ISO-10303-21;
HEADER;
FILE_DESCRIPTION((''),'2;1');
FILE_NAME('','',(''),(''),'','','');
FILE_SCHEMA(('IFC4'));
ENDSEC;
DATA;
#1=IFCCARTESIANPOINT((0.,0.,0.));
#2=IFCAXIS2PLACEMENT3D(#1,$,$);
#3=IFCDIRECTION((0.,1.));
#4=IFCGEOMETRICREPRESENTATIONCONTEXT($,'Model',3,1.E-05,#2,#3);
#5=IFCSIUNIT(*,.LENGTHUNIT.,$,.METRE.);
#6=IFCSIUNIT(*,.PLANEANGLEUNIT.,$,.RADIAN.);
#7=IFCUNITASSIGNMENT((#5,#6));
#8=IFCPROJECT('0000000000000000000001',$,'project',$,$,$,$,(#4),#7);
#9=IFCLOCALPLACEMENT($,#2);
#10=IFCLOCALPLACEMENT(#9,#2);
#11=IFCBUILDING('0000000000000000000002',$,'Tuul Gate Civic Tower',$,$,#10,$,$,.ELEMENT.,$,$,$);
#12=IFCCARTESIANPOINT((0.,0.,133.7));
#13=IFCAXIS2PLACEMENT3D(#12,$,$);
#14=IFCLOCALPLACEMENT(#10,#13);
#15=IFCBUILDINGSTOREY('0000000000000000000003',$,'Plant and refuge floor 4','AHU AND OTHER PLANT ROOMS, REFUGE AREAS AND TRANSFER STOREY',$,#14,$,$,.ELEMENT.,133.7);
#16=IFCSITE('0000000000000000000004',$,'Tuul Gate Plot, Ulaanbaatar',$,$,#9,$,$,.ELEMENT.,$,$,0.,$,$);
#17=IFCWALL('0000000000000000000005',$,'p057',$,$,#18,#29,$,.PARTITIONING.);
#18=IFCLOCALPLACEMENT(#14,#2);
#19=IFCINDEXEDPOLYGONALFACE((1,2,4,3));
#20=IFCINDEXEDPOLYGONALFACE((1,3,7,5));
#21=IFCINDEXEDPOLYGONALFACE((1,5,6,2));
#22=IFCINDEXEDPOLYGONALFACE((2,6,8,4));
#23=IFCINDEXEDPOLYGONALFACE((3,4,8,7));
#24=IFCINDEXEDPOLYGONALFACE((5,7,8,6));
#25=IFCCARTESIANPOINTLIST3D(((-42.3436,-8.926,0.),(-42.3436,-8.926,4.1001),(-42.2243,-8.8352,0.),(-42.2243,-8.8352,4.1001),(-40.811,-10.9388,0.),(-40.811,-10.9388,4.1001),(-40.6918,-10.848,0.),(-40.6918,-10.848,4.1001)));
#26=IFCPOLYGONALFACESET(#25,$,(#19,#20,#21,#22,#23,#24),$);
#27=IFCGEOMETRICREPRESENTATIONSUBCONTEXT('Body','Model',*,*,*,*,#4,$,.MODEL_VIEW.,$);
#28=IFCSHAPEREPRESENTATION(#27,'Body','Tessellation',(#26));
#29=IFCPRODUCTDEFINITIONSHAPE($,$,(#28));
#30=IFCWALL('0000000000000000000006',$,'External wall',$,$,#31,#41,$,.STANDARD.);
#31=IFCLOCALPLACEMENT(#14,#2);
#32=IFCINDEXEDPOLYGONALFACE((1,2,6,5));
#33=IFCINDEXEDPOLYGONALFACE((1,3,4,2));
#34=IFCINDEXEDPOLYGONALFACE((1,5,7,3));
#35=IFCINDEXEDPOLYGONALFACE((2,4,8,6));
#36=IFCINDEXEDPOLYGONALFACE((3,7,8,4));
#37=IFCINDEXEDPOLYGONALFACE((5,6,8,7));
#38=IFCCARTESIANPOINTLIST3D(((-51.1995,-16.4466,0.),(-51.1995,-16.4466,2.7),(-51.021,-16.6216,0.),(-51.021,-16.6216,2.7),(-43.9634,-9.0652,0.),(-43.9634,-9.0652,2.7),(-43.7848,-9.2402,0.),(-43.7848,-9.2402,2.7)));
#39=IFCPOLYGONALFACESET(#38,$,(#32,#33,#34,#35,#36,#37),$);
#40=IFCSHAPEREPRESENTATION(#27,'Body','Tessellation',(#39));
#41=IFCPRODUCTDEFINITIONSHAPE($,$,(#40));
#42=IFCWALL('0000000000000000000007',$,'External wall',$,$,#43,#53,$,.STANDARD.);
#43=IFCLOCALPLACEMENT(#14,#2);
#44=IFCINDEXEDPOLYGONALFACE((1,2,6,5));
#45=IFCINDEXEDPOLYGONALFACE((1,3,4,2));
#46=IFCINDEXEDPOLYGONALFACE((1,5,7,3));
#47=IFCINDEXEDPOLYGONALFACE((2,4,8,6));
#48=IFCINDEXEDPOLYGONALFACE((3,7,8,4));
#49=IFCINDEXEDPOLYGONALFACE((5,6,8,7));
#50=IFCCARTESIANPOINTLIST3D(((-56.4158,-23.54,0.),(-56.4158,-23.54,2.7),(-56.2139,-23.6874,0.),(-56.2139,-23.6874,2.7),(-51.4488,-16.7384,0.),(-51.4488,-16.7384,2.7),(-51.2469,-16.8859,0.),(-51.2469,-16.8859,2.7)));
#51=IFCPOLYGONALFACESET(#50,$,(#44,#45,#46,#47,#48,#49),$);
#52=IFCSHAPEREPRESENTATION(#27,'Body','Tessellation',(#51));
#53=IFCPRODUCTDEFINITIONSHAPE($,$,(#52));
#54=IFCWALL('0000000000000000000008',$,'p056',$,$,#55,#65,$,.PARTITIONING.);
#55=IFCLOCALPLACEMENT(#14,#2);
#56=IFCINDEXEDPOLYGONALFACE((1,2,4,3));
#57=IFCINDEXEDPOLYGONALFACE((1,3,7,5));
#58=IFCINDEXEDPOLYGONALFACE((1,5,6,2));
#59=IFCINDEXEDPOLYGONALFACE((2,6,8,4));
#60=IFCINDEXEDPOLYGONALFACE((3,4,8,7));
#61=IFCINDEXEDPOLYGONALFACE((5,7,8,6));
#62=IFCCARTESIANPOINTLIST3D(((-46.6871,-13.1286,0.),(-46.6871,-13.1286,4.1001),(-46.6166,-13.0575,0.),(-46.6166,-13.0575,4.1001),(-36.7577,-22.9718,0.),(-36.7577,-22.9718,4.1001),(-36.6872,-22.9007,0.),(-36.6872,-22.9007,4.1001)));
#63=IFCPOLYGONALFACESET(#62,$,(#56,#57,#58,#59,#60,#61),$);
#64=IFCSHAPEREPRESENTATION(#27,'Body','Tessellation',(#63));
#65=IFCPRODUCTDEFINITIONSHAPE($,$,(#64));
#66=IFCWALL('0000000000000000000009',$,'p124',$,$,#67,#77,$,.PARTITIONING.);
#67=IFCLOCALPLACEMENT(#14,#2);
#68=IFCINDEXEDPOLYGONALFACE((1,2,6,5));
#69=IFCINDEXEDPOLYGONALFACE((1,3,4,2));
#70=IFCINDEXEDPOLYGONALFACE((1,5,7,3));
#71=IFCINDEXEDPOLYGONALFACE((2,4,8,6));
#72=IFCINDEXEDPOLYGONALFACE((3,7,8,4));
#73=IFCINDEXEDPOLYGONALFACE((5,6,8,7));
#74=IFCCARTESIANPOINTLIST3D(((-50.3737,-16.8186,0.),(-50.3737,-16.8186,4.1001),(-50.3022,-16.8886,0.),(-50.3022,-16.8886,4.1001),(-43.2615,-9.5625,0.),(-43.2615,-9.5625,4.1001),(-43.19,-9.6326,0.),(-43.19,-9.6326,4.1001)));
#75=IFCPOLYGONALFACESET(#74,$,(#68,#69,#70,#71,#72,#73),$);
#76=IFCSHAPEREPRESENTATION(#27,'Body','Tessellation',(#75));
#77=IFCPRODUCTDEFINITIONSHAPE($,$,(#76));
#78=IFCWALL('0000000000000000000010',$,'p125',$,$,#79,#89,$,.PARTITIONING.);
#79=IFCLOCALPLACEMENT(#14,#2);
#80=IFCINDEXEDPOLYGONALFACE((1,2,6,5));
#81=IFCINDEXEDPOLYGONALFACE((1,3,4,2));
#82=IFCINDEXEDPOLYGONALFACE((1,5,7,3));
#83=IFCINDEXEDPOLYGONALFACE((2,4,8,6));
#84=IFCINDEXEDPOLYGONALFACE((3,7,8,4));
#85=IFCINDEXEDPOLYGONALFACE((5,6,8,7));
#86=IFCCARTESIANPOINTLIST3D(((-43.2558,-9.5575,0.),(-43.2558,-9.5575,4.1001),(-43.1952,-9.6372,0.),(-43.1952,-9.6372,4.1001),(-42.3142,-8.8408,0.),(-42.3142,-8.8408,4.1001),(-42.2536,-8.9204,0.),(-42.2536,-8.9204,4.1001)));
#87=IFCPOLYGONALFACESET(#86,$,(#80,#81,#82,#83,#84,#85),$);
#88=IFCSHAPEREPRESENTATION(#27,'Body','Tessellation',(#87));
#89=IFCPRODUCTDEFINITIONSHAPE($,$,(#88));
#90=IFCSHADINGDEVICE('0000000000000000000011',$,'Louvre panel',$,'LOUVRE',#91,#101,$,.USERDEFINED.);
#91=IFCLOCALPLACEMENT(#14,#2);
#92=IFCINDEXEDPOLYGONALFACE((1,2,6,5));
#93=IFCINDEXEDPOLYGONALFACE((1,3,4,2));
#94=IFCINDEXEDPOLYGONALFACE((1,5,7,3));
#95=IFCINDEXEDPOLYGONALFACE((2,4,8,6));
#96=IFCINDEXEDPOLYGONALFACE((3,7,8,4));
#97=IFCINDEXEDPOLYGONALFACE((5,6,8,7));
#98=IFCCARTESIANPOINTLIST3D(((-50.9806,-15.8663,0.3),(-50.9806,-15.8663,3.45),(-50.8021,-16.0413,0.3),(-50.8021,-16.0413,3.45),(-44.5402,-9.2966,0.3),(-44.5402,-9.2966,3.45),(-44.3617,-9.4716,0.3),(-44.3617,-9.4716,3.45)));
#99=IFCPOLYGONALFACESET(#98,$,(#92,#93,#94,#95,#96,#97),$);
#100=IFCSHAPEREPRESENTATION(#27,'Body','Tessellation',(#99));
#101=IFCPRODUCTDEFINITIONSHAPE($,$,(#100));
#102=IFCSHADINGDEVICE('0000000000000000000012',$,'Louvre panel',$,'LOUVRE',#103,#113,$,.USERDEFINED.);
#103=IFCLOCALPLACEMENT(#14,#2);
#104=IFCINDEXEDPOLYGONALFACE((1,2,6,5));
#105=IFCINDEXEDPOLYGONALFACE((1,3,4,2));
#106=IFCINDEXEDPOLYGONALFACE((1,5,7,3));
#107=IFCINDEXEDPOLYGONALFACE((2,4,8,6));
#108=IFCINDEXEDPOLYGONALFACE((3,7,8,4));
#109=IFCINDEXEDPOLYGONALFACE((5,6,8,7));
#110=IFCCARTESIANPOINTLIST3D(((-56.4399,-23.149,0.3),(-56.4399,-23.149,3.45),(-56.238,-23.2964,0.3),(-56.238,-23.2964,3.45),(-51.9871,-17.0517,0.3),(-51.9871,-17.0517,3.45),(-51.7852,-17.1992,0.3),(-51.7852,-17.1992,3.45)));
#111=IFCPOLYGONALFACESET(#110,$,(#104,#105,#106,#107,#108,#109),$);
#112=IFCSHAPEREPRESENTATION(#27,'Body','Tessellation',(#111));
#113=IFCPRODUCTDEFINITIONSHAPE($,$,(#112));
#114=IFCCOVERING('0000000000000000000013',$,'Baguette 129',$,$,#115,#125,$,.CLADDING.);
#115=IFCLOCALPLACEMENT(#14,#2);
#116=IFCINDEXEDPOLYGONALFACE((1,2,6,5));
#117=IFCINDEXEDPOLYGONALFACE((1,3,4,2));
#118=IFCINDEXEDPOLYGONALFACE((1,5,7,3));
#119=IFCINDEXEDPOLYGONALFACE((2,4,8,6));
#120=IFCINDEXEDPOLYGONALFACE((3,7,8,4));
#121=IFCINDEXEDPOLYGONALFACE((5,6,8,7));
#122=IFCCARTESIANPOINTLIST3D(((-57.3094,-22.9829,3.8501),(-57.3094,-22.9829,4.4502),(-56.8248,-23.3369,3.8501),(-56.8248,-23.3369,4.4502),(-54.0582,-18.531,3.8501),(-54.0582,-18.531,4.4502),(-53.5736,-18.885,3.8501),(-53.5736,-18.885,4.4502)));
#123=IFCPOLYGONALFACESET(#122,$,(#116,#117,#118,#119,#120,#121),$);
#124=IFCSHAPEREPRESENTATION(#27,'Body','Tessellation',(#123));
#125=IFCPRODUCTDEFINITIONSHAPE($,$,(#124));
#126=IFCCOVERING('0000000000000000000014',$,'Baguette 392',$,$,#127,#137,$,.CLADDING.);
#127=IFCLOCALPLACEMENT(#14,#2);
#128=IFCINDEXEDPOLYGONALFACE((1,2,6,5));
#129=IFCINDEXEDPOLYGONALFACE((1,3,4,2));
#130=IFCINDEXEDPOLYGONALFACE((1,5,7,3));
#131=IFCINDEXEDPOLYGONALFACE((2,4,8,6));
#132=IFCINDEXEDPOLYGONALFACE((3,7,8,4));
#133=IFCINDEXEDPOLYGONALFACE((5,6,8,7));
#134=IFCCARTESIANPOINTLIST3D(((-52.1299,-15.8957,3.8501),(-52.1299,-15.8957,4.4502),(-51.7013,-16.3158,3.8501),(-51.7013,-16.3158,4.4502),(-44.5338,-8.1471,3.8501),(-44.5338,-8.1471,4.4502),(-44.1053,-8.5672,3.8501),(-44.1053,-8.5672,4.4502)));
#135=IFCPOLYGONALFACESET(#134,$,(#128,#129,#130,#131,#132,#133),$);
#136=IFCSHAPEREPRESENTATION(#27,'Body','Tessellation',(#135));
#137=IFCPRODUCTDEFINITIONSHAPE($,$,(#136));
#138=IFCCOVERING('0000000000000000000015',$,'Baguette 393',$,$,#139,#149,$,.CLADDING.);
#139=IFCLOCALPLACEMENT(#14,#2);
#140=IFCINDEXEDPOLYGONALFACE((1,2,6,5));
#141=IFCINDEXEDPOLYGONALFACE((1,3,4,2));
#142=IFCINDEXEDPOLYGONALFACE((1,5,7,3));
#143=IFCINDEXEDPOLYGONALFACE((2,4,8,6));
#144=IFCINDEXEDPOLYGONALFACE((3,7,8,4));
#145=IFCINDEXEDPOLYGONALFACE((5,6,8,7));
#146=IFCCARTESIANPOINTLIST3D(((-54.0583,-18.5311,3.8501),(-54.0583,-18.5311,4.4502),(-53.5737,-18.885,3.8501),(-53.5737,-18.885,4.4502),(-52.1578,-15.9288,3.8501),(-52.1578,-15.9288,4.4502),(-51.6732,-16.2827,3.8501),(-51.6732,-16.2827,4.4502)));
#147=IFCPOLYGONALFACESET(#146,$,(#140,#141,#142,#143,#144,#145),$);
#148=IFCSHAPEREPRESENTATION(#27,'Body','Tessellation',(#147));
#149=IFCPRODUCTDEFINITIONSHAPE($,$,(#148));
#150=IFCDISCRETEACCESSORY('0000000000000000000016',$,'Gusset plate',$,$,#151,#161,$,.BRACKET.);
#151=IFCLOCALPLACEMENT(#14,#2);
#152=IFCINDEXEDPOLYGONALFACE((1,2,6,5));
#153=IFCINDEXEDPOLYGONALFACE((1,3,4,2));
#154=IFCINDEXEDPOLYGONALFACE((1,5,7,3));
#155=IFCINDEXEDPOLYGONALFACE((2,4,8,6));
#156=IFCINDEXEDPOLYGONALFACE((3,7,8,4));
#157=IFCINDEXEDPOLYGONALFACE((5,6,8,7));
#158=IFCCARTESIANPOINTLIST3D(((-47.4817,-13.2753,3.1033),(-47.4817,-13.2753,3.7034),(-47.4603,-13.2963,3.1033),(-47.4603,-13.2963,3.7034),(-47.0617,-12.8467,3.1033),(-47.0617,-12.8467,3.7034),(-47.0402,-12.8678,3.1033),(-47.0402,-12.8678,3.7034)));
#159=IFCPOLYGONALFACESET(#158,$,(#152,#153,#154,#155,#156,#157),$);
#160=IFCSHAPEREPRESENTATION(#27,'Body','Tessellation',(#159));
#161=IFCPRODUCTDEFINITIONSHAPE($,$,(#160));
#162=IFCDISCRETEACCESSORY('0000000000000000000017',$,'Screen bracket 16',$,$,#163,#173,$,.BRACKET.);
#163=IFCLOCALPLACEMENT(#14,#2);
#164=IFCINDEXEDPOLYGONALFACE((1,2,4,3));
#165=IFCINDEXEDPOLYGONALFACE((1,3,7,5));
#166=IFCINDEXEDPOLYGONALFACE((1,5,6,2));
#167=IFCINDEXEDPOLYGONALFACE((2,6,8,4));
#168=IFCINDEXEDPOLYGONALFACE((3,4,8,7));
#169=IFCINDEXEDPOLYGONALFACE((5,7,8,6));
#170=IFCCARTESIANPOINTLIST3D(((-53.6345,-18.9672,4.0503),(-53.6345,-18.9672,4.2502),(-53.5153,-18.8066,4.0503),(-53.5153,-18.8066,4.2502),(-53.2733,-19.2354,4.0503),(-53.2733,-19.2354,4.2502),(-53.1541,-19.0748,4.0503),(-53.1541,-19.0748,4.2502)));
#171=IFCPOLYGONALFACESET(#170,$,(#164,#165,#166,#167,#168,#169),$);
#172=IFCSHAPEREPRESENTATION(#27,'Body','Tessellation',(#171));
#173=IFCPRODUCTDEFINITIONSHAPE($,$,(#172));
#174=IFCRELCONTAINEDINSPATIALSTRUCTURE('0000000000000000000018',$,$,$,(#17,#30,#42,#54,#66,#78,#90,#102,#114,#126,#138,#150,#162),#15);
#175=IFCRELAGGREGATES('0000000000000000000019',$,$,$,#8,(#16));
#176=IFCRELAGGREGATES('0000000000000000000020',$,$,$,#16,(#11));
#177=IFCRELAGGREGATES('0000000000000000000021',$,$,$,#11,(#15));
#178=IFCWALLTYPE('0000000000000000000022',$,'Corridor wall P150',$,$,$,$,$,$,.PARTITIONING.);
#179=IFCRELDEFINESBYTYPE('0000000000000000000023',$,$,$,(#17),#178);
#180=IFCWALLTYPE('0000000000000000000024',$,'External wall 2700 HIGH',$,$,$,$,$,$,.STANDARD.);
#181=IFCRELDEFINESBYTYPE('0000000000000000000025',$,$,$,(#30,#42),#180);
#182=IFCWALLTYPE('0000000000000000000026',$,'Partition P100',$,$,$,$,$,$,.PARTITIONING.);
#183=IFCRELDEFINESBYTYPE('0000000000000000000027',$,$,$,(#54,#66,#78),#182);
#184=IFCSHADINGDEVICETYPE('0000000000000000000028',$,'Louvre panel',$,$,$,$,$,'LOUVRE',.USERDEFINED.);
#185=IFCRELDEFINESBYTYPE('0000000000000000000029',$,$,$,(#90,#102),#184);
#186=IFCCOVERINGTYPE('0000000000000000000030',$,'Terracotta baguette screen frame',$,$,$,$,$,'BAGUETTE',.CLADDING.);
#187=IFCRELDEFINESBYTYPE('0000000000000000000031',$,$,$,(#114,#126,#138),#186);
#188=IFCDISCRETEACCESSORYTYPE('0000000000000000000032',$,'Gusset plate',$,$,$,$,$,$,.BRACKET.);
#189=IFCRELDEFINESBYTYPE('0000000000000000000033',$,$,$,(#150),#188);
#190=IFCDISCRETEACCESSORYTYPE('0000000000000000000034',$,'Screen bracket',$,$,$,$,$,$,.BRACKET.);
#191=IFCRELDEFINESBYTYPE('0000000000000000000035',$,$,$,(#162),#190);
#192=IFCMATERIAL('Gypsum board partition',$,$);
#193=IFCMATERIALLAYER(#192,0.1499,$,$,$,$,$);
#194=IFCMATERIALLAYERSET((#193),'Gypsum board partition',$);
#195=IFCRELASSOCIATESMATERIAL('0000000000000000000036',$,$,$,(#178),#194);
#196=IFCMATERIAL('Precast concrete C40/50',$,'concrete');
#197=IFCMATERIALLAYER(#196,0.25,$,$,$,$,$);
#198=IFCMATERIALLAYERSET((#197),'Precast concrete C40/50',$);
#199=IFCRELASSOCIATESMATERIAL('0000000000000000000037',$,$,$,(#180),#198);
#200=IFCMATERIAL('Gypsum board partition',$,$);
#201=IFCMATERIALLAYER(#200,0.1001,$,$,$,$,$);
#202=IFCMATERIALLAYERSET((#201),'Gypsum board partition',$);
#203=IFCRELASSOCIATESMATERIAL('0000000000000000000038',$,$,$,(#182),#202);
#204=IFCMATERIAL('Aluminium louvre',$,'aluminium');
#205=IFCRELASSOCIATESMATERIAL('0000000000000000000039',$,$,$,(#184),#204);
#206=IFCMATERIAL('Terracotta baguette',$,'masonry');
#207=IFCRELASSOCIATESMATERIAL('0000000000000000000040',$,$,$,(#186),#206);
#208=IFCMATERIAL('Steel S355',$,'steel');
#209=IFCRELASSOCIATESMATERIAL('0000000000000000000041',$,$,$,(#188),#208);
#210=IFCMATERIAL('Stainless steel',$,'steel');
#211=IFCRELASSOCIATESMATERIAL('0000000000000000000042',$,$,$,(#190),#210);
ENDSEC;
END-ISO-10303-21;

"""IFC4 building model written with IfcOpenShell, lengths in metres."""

from ifc_helpers import new_model, si_unit, direction, frame, frame_2d, origin, origin_2d, place, context, subcontext, project, spatial, rectangle, extrude, material, layer, layer_set, material_profile, profile_set, type_object, element, save


model = new_model("IFC4")

# Units and contexts
model_context = context("Model", 3, precision=1e-05, world=origin(), true_north=direction((0.0, 1.0)))
body_context = subcontext(model_context, "Body", "Model", "MODEL_VIEW")
ifc_project = project(units=[si_unit("LENGTHUNIT", "METRE"), si_unit("PLANEANGLEUNIT", "RADIAN")], contexts=[model_context])

# Site, building, storey
site_placement = place(None, origin())
site = spatial("IfcSite", under=ifc_project, at=site_placement, Name="Tuul Gate Plot, Ulaanbaatar", CompositionType="ELEMENT", RefElevation=0.0)
building_placement = place(site_placement, origin())
building = spatial("IfcBuilding", under=site, at=building_placement, Name="Tuul Gate Civic Tower", CompositionType="ELEMENT")
storey_placement = place(building_placement, frame((0.0, 0.0, 133.7)))
storey = spatial("IfcBuildingStorey", under=building, at=storey_placement, Name="Plant and refuge floor 4", Description="AHU AND OTHER PLANT ROOMS, REFUGE AREAS AND TRANSFER STOREY", CompositionType="ELEMENT", Elevation=133.7)

# Walls
ifc_material_1 = material(Name="Gypsum board partition")
ifc_layer_1 = layer(ifc_material_1, 0.1499)
ifc_layer_set_1 = layer_set([ifc_layer_1], Name="Gypsum board partition")
wall_type_1 = type_object("IfcWallType", Name="Corridor wall P150", PredefinedType="PARTITIONING", material=ifc_layer_set_1)
wall_1_placement = place(storey_placement, frame((-42.2839, -8.8806, 0.0), z_axis=(0.0, 0.0, 1.0), x_axis=(0.60579, -0.795624, 0.0)))
element("IfcWall", 1, at=wall_1_placement, inside=storey, type_object=wall_type_1, Name="p057", PredefinedType="PARTITIONING", context=body_context, shape_type="SweptSolid", body=[
    extrude(rectangle(XDim=2.5298, YDim=0.1499, at=frame_2d((1.2649, 0.0))), origin(), (0.0, 0.0, 1.0), 4.1001),
])
ifc_material_2 = material(Name="Precast concrete C40/50", Category="concrete")
ifc_layer_2 = layer(ifc_material_2, 0.25)
ifc_layer_set_2 = layer_set([ifc_layer_2], Name="Precast concrete C40/50")
wall_type_2 = type_object("IfcWallType", Name="External wall 2700 HIGH", PredefinedType="STANDARD", material=ifc_layer_set_2)
wall_2_placement = place(storey_placement, frame((-43.874, -9.1526, 0.0), z_axis=(0.0, 0.0, 1.0), x_axis=(-0.700045, -0.714099, 0.0)))
element("IfcWall", 2, at=wall_2_placement, inside=storey, type_object=wall_type_2, Name="External wall", PredefinedType="STANDARD", context=body_context, shape_type="SweptSolid", body=[
    extrude(rectangle(XDim=10.3367, YDim=0.25, at=frame_2d((5.1685, 0.0))), origin(), (0.0, 0.0, 1.0), 2.7),
])
wall_3_placement = place(storey_placement, frame((-51.3479, -16.8123, 0.0), z_axis=(0.0, 0.0, 1.0), x_axis=(-0.589761, -0.807578, 0.0)))
element("IfcWall", 3, at=wall_3_placement, inside=storey, type_object=wall_type_2, Name="External wall", PredefinedType="STANDARD", context=body_context, shape_type="SweptSolid", body=[
    extrude(rectangle(XDim=8.4221, YDim=0.25, at=frame_2d((4.2109, 0.0))), origin(), (0.0, 0.0, 1.0), 2.7),
])
ifc_material_3 = material(Name="Gypsum board partition")
ifc_layer_3 = layer(ifc_material_3, 0.1001)
ifc_layer_set_3 = layer_set([ifc_layer_3], Name="Gypsum board partition")
wall_type_3 = type_object("IfcWallType", Name="Partition P100", PredefinedType="PARTITIONING", material=ifc_layer_set_3)
wall_4_placement = place(storey_placement, frame((-46.6519, -13.093, 0.0), z_axis=(0.0, 0.0, 1.0), x_axis=(0.710182, -0.704018, 0.0)))
element("IfcWall", 4, at=wall_4_placement, inside=storey, type_object=wall_type_3, Name="p056", PredefinedType="PARTITIONING", context=body_context, shape_type="SweptSolid", body=[
    extrude(rectangle(XDim=13.9814, YDim=0.1001, at=frame_2d((6.9907, 0.0))), origin(), (0.0, 0.0, 1.0), 4.1001),
])
wall_5_placement = place(storey_placement, frame((-50.3379, -16.8535, 0.0), z_axis=(0.0, 0.0, 1.0), x_axis=(0.699995, 0.714148, 0.0)))
element("IfcWall", 5, at=wall_5_placement, inside=storey, type_object=wall_type_3, Name="p124", PredefinedType="PARTITIONING", context=body_context, shape_type="SweptSolid", body=[
    extrude(rectangle(XDim=10.1604, YDim=0.1001, at=frame_2d((5.0801, 0.0))), origin(), (0.0, 0.0, 1.0), 4.1001),
])
wall_6_placement = place(storey_placement, frame((-43.2256, -9.5974, 0.0), z_axis=(0.0, 0.0, 1.0), x_axis=(0.795697, 0.605695, 0.0)))
element("IfcWall", 6, at=wall_6_placement, inside=storey, type_object=wall_type_3, Name="p125", PredefinedType="PARTITIONING", context=body_context, shape_type="SweptSolid", body=[
    extrude(rectangle(XDim=1.1833, YDim=0.1001, at=frame_2d((0.5918, 0.0))), origin(), (0.0, 0.0, 1.0), 4.1001),
])

# Shading devices
ifc_material_4 = material(Name="Aluminium louvre", Category="aluminium")
shading_device_type = type_object("IfcShadingDeviceType", Name="Louvre panel", ElementType="LOUVRE", PredefinedType="USERDEFINED", material=ifc_material_4)
shading_device_1_placement = place(storey_placement, frame((-47.6711, -12.6689, 0.3), z_axis=(0.0, 0.0, 1.0), x_axis=(-0.7141, 0.700043, 0.0)))
element("IfcShadingDevice", 7, at=shading_device_1_placement, inside=storey, type_object=shading_device_type, Name="Louvre panel", ObjectType="LOUVRE", PredefinedType="USERDEFINED", context=body_context, shape_type="SweptSolid", body=[
    extrude(rectangle(XDim=0.25, YDim=9.2, at=origin_2d()), origin(), (0.0, 0.0, 1.0), 3.1499),
])
shading_device_2_placement = place(storey_placement, frame((-54.1125, -20.1741, 0.3), z_axis=(0.0, 0.0, 1.0), x_axis=(-0.807578, 0.58976, 0.0)))
element("IfcShadingDevice", 8, at=shading_device_2_placement, inside=storey, type_object=shading_device_type, Name="Louvre panel", ObjectType="LOUVRE", PredefinedType="USERDEFINED", context=body_context, shape_type="SweptSolid", body=[
    extrude(rectangle(XDim=0.25, YDim=7.55, at=origin_2d()), origin(), (0.0, 0.0, 1.0), 3.1499),
])

# Coverings
ifc_material_5 = material(Name="Terracotta baguette", Category="masonry")
ifc_material_profile_1 = material_profile(ifc_material_5, rectangle(XDim=0.6001, YDim=0.6001, at=origin_2d()), Name="Terracotta baguette screen frame")
ifc_profile_set_1 = profile_set([ifc_material_profile_1], Name="Terracotta baguette")
covering_type = type_object("IfcCoveringType", Name="Terracotta baguette screen frame", ElementType="BAGUETTE", PredefinedType="CLADDING", material=ifc_profile_set_1)
covering_1_placement = place(storey_placement, frame((-53.8159, -18.708, 4.1501), z_axis=(-0.589769, -0.807572, 0.0), x_axis=(0.807572, -0.589769, 0.0)))
element("IfcCovering", 9, at=covering_1_placement, inside=storey, type_object=covering_type, Name="Baguette 129", PredefinedType="CLADDING", context=body_context, shape_type="SweptSolid", body=[
    extrude(rectangle(XDim=0.6001, YDim=0.6001, at=origin_2d()), origin(), (0.0, 0.0, 1.0), 5.5127),
])
covering_2_placement = place(storey_placement, frame((-44.3196, -8.3572, 4.1501), z_axis=(-0.700041, -0.714103, 0.0), x_axis=(0.714103, -0.700041, 0.0)))
element("IfcCovering", 10, at=covering_2_placement, inside=storey, type_object=covering_type, Name="Baguette 392", PredefinedType="CLADDING", context=body_context, shape_type="SweptSolid", body=[
    extrude(rectangle(XDim=0.6001, YDim=0.6001, at=origin_2d()), origin(), (0.0, 0.0, 1.0), 10.8508),
])
covering_3_placement = place(storey_placement, frame((-51.9155, -16.1057, 4.1501), z_axis=(-0.589756, -0.807581, 0.0), x_axis=(0.807581, -0.589756, 0.0)))
element("IfcCovering", 11, at=covering_3_placement, inside=storey, type_object=covering_type, Name="Baguette 393", PredefinedType="CLADDING", context=body_context, shape_type="SweptSolid", body=[
    extrude(rectangle(XDim=0.6001, YDim=0.6001, at=origin_2d()), origin(), (0.0, 0.0, 1.0), 3.2224),
])

# Discrete accessories
ifc_material_6 = material(Name="Steel S355", Category="steel")
discrete_accessory_type_1 = type_object("IfcDiscreteAccessoryType", Name="Gusset plate", PredefinedType="BRACKET", material=ifc_material_6)
discrete_accessory_1_placement = place(storey_placement, frame((-47.261, -13.0715, 3.1033), z_axis=(0.0, 0.0, 1.0), x_axis=(0.7, 0.714143, 0.0)))
element("IfcDiscreteAccessory", 12, at=discrete_accessory_1_placement, inside=storey, type_object=discrete_accessory_type_1, Name="Gusset plate", PredefinedType="BRACKET", context=body_context, shape_type="SweptSolid", body=[
    extrude(rectangle(XDim=0.6001, YDim=0.03, at=origin_2d()), origin(), (0.0, 0.0, 1.0), 0.6001),
])
ifc_material_7 = material(Name="Stainless steel", Category="steel")
discrete_accessory_type_2 = type_object("IfcDiscreteAccessoryType", Name="Screen bracket", PredefinedType="BRACKET", material=ifc_material_7)
discrete_accessory_2_placement = place(storey_placement, frame((-53.3943, -19.021, 4.0503), z_axis=(0.0, 0.0, 1.0), x_axis=(-0.802898, 0.596117, 0.0)))
element("IfcDiscreteAccessory", 13, at=discrete_accessory_2_placement, inside=storey, type_object=discrete_accessory_type_2, Name="Screen bracket 16", PredefinedType="BRACKET", context=body_context, shape_type="SweptSolid", body=[
    extrude(rectangle(XDim=0.45, YDim=0.2, at=origin_2d()), origin(), (0.0, 0.0, 1.0), 0.2),
])

save(model, "model.ifc")
